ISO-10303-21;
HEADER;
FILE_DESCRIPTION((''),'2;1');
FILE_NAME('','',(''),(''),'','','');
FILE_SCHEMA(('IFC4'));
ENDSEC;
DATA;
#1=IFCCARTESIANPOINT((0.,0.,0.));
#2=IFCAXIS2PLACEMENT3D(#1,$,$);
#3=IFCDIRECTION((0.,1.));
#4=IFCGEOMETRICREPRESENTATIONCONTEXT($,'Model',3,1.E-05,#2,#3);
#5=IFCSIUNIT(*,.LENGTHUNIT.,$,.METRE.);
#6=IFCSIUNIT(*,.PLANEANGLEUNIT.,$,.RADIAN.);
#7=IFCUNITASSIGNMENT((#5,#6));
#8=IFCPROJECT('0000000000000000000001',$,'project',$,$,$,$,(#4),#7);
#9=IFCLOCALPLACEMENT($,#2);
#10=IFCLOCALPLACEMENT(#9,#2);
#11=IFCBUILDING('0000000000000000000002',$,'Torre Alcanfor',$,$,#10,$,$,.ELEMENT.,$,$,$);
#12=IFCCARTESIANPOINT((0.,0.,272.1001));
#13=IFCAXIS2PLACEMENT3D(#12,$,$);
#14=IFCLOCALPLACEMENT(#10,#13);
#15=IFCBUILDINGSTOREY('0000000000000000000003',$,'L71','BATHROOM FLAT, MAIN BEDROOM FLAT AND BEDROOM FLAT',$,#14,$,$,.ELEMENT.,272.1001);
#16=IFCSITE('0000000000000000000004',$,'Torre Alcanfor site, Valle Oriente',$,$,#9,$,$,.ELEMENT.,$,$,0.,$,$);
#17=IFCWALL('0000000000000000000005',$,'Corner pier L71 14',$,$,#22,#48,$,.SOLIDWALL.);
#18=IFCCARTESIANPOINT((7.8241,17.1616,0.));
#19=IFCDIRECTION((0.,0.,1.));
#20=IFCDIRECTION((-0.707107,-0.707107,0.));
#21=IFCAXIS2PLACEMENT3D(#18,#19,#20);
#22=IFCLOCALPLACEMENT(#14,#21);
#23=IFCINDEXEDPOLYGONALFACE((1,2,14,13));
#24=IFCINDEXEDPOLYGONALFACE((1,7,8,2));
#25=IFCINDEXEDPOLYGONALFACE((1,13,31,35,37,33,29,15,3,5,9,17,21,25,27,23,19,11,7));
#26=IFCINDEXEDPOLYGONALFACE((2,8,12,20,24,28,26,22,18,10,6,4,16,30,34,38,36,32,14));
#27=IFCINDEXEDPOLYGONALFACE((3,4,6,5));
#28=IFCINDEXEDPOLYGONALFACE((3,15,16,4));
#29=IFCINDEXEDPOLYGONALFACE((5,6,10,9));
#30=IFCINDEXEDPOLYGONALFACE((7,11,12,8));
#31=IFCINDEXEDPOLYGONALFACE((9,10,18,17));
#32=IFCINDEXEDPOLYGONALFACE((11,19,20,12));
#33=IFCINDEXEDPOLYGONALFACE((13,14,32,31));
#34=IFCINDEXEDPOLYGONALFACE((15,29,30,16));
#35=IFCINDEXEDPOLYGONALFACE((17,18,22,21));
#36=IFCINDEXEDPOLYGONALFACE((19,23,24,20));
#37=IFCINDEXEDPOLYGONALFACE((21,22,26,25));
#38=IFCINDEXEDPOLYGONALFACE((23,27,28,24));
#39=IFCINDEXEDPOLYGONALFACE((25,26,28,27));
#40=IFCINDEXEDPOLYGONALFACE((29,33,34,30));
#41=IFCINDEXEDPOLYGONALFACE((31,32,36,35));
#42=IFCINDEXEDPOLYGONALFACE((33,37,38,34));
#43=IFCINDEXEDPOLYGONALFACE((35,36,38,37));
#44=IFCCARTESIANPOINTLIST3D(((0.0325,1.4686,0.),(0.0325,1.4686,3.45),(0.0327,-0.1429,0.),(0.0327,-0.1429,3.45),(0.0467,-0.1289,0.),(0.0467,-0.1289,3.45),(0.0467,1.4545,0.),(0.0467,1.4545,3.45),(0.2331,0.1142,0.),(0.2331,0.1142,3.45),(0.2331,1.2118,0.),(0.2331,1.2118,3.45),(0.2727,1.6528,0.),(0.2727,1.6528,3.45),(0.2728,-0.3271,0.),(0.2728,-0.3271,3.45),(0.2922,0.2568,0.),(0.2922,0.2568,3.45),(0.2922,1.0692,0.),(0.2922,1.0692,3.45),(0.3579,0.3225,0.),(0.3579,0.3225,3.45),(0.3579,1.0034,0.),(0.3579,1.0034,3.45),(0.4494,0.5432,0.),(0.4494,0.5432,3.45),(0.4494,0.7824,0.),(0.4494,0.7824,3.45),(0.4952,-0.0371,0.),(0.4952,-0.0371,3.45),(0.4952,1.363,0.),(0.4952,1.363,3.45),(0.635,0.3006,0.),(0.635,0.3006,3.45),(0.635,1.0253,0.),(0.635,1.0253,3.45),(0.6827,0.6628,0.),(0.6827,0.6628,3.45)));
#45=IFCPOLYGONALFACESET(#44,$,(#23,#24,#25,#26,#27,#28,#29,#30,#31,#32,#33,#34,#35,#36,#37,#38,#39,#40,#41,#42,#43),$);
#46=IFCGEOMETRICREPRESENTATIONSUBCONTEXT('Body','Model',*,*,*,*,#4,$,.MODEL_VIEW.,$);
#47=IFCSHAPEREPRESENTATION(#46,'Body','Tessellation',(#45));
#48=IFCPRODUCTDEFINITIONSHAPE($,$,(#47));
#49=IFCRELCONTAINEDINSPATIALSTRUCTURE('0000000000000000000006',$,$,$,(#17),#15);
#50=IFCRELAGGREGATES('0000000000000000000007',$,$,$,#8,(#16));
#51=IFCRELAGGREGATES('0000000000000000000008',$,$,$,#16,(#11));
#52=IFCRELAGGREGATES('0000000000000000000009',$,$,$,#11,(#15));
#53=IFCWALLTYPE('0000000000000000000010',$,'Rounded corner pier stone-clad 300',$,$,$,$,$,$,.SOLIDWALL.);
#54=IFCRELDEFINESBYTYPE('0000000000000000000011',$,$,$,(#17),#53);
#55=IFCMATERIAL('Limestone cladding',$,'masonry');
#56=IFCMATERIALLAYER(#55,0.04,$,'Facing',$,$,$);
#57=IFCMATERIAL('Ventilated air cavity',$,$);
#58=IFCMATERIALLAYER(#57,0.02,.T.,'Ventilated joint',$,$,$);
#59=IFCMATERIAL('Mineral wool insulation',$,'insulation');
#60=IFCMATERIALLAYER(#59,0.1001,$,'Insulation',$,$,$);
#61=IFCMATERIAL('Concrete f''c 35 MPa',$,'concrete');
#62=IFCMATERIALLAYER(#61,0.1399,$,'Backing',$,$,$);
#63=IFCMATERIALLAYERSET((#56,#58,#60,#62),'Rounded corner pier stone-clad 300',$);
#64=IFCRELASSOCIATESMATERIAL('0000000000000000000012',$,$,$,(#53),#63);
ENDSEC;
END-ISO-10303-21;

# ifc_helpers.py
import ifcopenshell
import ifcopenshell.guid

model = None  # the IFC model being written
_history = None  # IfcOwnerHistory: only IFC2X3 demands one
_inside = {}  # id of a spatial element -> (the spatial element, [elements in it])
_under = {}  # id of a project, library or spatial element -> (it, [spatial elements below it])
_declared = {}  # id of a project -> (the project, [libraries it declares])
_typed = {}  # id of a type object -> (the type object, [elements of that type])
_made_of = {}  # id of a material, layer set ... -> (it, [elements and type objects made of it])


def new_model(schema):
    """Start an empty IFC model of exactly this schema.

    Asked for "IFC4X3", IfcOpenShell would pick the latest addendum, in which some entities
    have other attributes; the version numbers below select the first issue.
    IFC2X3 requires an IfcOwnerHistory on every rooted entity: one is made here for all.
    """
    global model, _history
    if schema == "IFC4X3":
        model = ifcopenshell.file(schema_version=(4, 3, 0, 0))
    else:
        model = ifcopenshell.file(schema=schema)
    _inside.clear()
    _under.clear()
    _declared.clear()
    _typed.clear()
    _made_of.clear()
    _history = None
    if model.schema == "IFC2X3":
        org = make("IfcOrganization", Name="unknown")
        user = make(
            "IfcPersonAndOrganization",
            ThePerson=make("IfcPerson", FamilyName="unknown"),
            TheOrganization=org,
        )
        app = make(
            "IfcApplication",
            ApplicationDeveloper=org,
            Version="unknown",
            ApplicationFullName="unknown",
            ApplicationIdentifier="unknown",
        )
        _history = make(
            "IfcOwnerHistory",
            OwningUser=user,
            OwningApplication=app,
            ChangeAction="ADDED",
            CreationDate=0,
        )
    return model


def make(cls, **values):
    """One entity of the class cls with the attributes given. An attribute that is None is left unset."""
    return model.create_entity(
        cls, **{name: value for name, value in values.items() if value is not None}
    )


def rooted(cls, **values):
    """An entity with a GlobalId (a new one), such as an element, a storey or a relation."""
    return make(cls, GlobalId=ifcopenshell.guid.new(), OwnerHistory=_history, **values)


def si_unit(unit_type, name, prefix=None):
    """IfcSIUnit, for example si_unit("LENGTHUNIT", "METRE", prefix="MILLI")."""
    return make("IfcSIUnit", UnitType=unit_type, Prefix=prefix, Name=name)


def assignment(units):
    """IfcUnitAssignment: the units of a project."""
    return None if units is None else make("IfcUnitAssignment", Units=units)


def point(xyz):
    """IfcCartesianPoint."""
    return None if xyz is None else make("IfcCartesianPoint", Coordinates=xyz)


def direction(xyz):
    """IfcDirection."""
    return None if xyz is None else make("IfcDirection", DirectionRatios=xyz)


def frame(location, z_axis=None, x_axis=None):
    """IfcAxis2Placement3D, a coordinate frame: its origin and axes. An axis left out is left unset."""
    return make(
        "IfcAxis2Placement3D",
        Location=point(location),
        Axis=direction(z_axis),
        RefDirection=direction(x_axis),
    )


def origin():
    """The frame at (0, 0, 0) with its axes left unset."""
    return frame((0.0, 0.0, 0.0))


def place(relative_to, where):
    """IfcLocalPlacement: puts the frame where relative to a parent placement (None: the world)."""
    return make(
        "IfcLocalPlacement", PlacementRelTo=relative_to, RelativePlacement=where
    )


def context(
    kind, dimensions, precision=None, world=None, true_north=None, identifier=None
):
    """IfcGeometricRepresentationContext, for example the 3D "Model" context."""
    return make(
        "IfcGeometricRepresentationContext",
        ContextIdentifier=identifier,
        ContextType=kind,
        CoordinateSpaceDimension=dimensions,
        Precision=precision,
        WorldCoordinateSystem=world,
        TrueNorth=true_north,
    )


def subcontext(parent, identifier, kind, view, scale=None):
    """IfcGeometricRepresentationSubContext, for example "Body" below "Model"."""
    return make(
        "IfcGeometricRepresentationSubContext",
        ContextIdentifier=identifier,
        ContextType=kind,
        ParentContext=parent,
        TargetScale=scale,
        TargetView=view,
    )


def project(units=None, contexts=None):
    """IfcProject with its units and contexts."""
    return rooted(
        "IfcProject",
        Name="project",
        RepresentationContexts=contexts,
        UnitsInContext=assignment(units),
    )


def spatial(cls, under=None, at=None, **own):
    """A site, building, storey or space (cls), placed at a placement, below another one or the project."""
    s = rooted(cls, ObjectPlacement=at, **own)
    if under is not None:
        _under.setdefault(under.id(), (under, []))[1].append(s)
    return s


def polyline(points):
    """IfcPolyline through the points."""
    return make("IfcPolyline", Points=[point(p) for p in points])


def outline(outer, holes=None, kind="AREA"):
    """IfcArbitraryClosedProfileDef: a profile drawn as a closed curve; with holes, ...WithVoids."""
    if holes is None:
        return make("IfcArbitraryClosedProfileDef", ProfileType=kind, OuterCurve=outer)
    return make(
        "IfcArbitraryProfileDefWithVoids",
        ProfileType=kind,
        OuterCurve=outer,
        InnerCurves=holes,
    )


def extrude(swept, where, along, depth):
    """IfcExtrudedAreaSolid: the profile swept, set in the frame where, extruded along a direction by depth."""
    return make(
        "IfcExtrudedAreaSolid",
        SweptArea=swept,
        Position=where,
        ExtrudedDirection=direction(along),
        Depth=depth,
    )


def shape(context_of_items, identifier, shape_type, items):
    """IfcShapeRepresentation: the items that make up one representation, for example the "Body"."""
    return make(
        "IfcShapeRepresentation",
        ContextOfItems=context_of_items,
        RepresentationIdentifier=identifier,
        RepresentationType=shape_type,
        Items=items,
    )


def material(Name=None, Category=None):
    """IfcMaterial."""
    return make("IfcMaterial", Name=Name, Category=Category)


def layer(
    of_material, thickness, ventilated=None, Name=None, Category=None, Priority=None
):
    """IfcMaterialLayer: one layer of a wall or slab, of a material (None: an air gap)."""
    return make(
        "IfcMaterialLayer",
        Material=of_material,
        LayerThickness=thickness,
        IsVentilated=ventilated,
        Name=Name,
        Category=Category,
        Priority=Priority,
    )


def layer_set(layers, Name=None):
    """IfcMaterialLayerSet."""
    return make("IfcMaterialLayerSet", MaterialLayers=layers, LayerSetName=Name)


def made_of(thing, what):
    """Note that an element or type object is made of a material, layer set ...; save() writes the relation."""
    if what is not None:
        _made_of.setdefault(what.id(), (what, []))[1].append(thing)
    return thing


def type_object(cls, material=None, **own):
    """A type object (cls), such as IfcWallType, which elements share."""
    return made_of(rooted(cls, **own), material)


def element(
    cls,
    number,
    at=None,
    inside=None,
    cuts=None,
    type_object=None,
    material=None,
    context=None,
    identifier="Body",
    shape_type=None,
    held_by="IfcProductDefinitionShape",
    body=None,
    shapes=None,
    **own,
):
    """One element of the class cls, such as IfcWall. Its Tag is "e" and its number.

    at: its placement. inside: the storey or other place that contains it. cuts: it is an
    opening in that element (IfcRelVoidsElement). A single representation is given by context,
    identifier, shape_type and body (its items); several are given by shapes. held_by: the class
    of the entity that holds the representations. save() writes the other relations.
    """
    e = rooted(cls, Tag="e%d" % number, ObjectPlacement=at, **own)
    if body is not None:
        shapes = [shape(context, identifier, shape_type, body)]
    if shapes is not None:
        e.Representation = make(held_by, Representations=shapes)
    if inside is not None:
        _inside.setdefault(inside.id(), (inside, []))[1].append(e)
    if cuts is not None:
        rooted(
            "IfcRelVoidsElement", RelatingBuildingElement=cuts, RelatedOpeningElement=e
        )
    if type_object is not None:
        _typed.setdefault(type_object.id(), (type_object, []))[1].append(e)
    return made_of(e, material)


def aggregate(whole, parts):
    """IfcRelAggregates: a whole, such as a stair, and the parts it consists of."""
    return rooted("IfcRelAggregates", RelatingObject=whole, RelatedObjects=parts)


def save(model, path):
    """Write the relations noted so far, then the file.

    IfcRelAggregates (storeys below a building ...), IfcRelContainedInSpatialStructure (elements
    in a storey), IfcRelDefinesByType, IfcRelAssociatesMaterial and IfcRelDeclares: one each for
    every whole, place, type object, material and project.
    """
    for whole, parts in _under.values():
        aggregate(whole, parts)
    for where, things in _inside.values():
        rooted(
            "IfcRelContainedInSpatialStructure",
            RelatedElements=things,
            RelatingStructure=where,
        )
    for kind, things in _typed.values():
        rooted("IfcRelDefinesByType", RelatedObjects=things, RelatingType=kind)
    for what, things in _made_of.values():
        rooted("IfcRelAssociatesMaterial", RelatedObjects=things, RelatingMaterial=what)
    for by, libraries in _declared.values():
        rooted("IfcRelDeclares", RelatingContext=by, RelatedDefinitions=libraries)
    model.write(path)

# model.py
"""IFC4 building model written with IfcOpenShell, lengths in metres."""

from ifc_helpers import new_model, si_unit, direction, frame, origin, place, context, subcontext, project, spatial, polyline, outline, extrude, material, layer, layer_set, type_object, element, save


model = new_model("IFC4")

# Units and contexts
model_context = context("Model", 3, precision=1e-05, world=origin(), true_north=direction((0.0, 1.0)))
body_context = subcontext(model_context, "Body", "Model", "MODEL_VIEW")
ifc_project = project(units=[si_unit("LENGTHUNIT", "METRE"), si_unit("PLANEANGLEUNIT", "RADIAN")], contexts=[model_context])

# Site, building, storey
site_placement = place(None, origin())
site = spatial("IfcSite", under=ifc_project, at=site_placement, Name="Torre Alcanfor site, Valle Oriente", CompositionType="ELEMENT", RefElevation=0.0)
building_placement = place(site_placement, origin())
building = spatial("IfcBuilding", under=site, at=building_placement, Name="Torre Alcanfor", CompositionType="ELEMENT")
storey_placement = place(building_placement, frame((0.0, 0.0, 272.1001)))
storey = spatial("IfcBuildingStorey", under=building, at=storey_placement, Name="L71", Description="BATHROOM FLAT, MAIN BEDROOM FLAT AND BEDROOM FLAT", CompositionType="ELEMENT", Elevation=272.1001)

# Wall
ifc_material_1 = material(Name="Limestone cladding", Category="masonry")
ifc_layer_1 = layer(ifc_material_1, 0.04, Name="Facing")
ifc_material_2 = material(Name="Ventilated air cavity")
ifc_layer_2 = layer(ifc_material_2, 0.02, ventilated=True, Name="Ventilated joint")
ifc_material_3 = material(Name="Mineral wool insulation", Category="insulation")
ifc_layer_3 = layer(ifc_material_3, 0.1001, Name="Insulation")
ifc_material_4 = material(Name="Concrete f'c 35 MPa", Category="concrete")
ifc_layer_4 = layer(ifc_material_4, 0.1399, Name="Backing")
ifc_layer_set_1 = layer_set([ifc_layer_1, ifc_layer_2, ifc_layer_3, ifc_layer_4], Name="Rounded corner pier stone-clad 300")
wall_type_1 = type_object("IfcWallType", Name="Rounded corner pier stone-clad 300", PredefinedType="SOLIDWALL", material=ifc_layer_set_1)
wall_1_placement = place(storey_placement, frame((7.8241, 17.1616, 0.0), z_axis=(0.0, 0.0, 1.0), x_axis=(-0.707107, -0.707107, 0.0)))
element("IfcWall", 1, at=wall_1_placement, inside=storey, type_object=wall_type_1, Name="Corner pier L71 14", PredefinedType="SOLIDWALL", context=body_context, shape_type="SweptSolid", body=[
    extrude(outline(polyline([(0.0467, 1.4545), (0.2331, 1.2118), (0.2922, 1.0692), (0.3579, 1.0034), (0.4494, 0.7824), (0.4494, 0.5432), (0.3579, 0.3225), (0.2922, 0.2568), (0.2331, 0.1142), (0.0467, -0.1289), (0.0327, -0.1429), (0.2728, -0.3271), (0.4952, -0.0371), (0.635, 0.3006), (0.6827, 0.6628), (0.635, 1.0253), (0.4952, 1.363), (0.2727, 1.6528), (0.0325, 1.4686), (0.0467, 1.4545)])), origin(), (0.0, 0.0, 1.0), 3.45),
])

save(model, "model.ifc")
